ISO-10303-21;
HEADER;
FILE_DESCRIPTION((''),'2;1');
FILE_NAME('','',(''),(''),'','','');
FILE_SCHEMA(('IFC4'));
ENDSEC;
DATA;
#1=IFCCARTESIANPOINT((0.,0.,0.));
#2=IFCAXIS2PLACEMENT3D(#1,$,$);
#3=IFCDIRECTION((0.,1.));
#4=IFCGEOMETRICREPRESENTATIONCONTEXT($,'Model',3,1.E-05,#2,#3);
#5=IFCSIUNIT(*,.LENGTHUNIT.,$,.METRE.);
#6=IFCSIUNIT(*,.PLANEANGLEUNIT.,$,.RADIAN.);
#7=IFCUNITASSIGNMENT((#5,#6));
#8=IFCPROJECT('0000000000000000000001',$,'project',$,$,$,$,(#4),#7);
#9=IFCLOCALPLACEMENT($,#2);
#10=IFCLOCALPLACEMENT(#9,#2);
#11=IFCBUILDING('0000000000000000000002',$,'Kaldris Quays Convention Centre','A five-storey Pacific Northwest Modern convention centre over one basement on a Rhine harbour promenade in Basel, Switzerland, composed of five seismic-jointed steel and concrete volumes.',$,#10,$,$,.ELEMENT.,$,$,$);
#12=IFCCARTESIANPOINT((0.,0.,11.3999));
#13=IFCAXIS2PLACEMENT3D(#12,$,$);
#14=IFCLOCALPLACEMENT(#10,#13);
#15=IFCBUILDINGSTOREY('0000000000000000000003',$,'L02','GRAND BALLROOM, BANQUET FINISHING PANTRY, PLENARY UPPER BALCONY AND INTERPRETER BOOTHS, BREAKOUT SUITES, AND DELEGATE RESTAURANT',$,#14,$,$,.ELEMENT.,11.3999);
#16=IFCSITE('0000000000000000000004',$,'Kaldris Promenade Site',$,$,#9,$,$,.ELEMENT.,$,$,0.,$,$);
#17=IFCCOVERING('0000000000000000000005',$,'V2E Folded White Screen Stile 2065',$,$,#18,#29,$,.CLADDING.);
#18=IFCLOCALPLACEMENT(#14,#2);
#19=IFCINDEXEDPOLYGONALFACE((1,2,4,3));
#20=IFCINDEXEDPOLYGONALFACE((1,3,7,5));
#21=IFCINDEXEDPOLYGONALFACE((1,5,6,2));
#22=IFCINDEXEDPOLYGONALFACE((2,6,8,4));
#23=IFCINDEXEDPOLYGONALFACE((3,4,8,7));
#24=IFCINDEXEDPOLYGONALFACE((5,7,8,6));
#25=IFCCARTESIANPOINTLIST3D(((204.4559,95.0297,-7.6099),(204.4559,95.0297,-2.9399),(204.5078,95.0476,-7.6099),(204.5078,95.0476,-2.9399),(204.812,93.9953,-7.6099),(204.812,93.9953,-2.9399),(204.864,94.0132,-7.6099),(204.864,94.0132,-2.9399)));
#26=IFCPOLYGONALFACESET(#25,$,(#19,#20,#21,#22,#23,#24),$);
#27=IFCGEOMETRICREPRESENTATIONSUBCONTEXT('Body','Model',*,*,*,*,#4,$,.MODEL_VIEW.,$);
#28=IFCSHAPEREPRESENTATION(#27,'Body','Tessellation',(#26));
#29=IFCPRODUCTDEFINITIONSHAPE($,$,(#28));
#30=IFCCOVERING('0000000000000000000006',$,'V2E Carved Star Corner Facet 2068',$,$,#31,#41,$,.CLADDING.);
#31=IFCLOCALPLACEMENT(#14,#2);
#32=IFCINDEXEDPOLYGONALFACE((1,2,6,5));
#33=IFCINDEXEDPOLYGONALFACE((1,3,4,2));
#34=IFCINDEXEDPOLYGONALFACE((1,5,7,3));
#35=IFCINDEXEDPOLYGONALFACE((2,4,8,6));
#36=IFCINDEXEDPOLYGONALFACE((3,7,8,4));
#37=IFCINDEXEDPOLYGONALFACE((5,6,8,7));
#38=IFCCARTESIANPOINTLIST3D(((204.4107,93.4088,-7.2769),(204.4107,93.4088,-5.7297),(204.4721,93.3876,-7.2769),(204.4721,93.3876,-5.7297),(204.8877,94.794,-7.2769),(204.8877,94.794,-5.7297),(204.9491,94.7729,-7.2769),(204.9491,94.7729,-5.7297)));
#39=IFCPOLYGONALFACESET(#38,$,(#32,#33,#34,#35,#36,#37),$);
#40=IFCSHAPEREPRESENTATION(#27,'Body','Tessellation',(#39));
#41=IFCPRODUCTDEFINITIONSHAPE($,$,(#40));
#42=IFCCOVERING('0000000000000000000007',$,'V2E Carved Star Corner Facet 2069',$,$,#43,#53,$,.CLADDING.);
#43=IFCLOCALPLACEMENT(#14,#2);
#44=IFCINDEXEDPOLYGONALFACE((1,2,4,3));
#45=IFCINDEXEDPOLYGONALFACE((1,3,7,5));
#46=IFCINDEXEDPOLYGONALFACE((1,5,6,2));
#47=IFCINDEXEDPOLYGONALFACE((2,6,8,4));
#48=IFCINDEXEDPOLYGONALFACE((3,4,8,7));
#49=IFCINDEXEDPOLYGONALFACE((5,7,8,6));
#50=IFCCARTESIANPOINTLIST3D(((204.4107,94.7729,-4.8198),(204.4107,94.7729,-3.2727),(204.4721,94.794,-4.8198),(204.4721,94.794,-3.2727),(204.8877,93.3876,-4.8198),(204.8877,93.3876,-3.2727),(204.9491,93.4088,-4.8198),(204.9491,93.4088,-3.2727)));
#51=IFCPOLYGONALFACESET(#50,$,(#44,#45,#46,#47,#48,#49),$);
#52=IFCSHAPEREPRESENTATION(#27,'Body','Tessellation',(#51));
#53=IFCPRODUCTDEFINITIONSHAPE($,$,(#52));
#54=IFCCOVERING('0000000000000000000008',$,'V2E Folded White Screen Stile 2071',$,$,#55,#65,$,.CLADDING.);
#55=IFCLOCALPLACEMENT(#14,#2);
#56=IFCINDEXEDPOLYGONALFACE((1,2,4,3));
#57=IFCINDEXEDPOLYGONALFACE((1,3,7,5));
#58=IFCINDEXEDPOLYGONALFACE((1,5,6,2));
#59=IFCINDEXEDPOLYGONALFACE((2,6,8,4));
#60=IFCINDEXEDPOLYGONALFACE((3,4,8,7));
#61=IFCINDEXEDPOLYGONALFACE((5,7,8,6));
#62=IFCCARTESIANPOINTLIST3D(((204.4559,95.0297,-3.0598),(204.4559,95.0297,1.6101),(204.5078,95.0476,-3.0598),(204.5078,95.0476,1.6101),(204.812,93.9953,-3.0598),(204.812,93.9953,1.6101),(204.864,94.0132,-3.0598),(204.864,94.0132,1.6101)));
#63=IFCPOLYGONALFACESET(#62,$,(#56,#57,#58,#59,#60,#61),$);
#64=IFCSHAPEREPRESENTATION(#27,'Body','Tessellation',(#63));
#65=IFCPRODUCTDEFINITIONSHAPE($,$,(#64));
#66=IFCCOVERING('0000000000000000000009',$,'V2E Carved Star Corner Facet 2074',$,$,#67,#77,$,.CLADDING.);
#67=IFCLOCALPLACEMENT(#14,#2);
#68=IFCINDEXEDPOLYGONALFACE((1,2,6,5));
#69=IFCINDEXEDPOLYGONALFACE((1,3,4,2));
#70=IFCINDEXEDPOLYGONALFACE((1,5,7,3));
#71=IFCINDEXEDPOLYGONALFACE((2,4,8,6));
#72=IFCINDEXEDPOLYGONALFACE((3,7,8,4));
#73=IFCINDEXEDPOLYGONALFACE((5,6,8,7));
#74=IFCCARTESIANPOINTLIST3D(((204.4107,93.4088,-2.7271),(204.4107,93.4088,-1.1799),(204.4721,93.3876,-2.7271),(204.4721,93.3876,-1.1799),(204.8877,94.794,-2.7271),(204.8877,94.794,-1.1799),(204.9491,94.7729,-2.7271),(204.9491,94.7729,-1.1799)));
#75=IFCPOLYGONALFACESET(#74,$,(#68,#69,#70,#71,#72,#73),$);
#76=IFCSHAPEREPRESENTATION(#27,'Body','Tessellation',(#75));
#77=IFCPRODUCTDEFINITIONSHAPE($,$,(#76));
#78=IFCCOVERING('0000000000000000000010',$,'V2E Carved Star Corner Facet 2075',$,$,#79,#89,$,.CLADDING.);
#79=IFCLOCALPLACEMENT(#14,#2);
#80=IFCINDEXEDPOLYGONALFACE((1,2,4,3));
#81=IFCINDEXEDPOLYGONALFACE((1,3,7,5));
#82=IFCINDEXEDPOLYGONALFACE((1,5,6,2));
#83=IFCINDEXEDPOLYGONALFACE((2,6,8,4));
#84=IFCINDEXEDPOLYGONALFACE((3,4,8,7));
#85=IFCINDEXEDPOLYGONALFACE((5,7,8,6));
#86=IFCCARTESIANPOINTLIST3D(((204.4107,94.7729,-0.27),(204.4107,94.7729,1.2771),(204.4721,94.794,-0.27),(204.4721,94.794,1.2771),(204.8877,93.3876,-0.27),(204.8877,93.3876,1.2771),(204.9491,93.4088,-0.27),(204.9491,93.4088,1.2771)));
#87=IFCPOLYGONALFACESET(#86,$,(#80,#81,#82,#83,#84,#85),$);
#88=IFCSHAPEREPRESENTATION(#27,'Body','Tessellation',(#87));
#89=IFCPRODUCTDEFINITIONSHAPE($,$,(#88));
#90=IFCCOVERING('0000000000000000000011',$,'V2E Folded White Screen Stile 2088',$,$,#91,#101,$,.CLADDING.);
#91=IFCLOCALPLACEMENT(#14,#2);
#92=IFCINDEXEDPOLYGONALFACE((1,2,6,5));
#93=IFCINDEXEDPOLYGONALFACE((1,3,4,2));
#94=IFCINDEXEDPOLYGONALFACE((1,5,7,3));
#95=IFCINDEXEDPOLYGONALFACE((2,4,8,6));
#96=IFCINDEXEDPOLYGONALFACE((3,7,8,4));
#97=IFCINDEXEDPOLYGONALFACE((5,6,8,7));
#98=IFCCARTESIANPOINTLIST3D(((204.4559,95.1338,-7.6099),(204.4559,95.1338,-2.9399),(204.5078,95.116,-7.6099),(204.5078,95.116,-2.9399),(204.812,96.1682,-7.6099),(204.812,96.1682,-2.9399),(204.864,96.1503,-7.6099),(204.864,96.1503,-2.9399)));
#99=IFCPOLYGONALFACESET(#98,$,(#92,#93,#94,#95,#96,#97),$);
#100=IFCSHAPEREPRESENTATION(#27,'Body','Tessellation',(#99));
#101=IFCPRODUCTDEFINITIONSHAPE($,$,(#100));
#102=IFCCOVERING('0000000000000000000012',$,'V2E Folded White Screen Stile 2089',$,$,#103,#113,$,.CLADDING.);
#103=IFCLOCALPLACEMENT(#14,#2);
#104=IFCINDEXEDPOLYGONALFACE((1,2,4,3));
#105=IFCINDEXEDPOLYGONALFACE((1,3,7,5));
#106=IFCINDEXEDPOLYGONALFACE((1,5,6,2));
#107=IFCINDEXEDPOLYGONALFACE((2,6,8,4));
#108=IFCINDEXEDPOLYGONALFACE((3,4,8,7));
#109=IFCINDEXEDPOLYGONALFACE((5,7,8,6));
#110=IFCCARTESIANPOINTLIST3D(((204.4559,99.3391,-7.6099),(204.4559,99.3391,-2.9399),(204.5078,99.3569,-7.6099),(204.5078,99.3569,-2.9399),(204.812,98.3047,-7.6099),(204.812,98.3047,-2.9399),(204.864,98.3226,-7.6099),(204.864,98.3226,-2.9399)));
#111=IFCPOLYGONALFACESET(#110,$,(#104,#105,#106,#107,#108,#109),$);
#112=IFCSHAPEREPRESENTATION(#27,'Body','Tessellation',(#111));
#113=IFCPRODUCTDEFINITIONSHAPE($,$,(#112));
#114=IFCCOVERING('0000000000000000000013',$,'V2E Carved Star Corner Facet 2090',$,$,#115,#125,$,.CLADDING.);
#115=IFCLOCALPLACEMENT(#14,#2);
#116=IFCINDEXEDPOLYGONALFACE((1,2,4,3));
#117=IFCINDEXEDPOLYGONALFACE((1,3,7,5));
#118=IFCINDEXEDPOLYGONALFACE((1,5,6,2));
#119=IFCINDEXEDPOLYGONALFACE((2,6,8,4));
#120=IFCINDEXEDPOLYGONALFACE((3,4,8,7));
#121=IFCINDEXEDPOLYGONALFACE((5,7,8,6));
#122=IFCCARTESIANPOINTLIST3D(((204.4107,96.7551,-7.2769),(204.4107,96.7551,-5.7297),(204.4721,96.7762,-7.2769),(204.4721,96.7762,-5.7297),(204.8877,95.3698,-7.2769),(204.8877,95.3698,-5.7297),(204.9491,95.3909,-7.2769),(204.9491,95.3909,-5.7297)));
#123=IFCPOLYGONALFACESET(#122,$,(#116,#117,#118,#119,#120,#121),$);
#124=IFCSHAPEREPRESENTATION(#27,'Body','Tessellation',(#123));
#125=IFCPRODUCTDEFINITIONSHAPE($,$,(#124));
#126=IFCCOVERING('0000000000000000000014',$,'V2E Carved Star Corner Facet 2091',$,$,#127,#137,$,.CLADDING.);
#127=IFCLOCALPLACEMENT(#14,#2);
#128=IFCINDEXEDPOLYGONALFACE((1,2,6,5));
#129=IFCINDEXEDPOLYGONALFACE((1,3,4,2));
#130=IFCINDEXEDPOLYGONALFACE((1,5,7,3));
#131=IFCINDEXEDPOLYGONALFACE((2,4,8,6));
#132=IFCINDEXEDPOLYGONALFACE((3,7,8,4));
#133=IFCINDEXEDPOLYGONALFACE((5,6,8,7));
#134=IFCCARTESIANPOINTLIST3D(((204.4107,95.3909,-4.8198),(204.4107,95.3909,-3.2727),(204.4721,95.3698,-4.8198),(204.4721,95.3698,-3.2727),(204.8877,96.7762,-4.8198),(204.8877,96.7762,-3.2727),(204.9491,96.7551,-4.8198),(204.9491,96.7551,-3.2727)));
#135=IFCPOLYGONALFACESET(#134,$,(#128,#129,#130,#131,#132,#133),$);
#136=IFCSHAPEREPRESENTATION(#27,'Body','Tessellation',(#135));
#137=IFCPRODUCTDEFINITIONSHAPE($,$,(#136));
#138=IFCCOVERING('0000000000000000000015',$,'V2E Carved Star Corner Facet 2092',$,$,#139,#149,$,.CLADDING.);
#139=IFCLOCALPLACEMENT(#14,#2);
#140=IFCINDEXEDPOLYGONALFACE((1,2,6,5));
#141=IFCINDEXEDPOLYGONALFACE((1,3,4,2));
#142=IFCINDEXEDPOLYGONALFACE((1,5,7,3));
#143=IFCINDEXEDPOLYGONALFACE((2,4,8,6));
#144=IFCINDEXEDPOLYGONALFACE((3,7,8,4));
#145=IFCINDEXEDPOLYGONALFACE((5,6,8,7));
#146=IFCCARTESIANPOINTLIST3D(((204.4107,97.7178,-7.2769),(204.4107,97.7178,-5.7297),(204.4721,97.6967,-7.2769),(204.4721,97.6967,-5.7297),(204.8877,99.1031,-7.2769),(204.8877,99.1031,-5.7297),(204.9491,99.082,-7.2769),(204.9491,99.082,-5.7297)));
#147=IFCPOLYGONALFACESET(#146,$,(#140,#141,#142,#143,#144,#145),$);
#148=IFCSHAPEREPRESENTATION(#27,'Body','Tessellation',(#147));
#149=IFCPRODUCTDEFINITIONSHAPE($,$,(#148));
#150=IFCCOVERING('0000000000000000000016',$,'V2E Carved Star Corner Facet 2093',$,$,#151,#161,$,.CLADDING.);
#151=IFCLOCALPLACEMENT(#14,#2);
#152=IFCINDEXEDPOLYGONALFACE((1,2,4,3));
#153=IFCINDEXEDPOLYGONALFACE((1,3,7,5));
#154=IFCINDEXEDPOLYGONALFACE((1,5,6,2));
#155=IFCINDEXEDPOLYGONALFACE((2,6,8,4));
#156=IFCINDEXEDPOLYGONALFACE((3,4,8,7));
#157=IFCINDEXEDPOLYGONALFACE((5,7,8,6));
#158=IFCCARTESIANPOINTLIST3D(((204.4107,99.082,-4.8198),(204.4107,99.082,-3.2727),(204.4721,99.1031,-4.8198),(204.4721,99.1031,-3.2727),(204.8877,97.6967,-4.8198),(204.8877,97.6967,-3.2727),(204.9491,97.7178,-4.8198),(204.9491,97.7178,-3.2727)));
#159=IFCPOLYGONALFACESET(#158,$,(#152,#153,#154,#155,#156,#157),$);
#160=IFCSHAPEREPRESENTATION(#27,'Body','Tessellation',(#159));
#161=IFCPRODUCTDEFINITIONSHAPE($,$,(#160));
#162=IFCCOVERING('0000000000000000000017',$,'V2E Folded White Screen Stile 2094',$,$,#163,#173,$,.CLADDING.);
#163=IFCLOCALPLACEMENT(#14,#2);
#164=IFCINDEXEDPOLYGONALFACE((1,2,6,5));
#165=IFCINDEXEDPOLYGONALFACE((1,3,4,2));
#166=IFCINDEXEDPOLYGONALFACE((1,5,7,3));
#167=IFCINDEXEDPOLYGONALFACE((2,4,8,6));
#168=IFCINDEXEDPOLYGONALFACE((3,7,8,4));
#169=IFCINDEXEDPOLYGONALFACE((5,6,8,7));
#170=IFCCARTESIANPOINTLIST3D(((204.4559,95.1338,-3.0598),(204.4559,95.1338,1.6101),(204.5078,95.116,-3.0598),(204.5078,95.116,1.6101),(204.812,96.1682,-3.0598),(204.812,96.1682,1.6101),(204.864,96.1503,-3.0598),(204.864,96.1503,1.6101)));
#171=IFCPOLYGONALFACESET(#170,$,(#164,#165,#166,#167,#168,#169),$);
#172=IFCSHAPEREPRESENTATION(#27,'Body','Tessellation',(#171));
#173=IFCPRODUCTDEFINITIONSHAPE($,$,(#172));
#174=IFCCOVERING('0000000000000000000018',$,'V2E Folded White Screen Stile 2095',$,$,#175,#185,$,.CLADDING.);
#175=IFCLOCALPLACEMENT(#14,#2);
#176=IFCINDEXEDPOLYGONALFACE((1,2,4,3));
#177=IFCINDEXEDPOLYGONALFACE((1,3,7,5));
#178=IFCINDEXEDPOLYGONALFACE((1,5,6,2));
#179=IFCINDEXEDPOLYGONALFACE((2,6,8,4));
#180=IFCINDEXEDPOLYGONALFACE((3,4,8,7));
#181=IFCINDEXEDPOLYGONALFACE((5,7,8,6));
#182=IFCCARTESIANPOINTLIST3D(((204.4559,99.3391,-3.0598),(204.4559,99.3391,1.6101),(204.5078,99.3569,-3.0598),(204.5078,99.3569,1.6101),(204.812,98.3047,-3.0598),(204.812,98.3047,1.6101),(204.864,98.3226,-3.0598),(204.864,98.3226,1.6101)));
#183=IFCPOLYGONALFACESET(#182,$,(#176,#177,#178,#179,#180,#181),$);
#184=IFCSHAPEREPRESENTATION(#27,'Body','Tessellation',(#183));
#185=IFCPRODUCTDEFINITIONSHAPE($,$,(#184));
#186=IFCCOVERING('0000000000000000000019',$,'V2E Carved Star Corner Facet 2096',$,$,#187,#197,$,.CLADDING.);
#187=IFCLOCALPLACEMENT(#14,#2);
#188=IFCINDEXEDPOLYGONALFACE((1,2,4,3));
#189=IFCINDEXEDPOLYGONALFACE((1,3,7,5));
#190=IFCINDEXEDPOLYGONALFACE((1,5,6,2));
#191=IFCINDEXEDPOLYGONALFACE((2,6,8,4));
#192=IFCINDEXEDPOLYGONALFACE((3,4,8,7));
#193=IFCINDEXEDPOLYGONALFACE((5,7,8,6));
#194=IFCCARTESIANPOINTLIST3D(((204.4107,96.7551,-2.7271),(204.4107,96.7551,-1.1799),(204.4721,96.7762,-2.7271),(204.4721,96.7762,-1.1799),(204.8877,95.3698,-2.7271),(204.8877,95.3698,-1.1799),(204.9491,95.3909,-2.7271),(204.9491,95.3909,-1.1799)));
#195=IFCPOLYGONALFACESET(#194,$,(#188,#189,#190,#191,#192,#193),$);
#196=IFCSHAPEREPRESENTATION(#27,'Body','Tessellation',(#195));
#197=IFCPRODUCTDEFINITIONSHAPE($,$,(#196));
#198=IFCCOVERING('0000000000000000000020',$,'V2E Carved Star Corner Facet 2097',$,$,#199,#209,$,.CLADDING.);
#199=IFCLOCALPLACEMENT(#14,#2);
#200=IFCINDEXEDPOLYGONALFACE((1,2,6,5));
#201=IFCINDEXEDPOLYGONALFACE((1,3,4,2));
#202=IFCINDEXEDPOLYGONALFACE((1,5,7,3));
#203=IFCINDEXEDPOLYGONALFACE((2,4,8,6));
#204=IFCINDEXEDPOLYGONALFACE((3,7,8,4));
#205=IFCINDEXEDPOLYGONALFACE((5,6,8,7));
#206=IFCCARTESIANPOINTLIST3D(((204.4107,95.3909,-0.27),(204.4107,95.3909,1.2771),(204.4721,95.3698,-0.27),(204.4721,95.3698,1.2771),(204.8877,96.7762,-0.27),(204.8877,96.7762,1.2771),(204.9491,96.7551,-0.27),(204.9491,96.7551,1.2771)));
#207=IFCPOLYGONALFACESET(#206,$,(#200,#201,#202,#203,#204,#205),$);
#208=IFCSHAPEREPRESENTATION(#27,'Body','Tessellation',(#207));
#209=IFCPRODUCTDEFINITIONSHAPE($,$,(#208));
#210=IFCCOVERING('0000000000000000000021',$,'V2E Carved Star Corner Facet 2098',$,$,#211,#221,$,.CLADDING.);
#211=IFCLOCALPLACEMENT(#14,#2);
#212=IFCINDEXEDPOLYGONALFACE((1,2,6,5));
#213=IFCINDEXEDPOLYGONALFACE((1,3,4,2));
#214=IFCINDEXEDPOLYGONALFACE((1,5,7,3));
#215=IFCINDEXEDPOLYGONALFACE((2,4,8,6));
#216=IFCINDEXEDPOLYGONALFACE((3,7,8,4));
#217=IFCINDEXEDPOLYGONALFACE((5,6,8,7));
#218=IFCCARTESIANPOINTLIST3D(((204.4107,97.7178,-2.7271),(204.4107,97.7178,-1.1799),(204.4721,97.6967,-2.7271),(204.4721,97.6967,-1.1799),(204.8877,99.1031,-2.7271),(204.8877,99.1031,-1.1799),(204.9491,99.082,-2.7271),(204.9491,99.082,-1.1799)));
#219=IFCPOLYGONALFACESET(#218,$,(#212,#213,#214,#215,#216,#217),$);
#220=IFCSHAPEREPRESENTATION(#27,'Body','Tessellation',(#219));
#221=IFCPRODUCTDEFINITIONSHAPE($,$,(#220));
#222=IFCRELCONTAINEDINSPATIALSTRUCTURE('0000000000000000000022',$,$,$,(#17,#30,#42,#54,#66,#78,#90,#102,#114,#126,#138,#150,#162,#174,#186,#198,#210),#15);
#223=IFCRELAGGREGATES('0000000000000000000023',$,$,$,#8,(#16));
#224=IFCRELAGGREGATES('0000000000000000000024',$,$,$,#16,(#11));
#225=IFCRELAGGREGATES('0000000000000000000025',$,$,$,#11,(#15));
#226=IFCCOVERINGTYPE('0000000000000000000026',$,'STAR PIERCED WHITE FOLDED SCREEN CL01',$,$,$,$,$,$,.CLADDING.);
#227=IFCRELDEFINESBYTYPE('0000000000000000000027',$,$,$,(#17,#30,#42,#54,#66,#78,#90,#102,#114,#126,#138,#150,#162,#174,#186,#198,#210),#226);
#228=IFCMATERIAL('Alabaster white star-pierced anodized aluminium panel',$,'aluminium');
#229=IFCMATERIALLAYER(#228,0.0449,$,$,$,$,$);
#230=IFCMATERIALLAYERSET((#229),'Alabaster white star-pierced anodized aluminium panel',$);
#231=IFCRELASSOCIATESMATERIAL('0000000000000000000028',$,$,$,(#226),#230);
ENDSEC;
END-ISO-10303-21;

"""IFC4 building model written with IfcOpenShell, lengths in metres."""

from ifc_helpers import new_model, si_unit, direction, frame, origin, origin_2d, place, context, subcontext, project, spatial, rectangle, extrude, material, layer, layer_set, type_object, element, save


model = new_model("IFC4")

# Units and contexts
model_context = context("Model", 3, precision=1e-05, world=origin(), true_north=direction((0.0, 1.0)))
body_context = subcontext(model_context, "Body", "Model", "MODEL_VIEW")
ifc_project = project(units=[si_unit("LENGTHUNIT", "METRE"), si_unit("PLANEANGLEUNIT", "RADIAN")], contexts=[model_context])

# Site, building, storey
site_placement = place(None, origin())
site = spatial("IfcSite", under=ifc_project, at=site_placement, Name="Kaldris Promenade Site", CompositionType="ELEMENT", RefElevation=0.0)
building_placement = place(site_placement, origin())
building = spatial("IfcBuilding", under=site, at=building_placement, Name="Kaldris Quays Convention Centre", Description="A five-storey Pacific Northwest Modern convention centre over one basement on a Rhine harbour promenade in Basel, Switzerland, composed of five seismic-jointed steel and concrete volumes.", CompositionType="ELEMENT")
storey_placement = place(building_placement, frame((0.0, 0.0, 11.3999)))
storey = spatial("IfcBuildingStorey", under=building, at=storey_placement, Name="L02", Description="GRAND BALLROOM, BANQUET FINISHING PANTRY, PLENARY UPPER BALCONY AND INTERPRETER BOOTHS, BREAKOUT SUITES, AND DELEGATE RESTAURANT", CompositionType="ELEMENT", Elevation=11.3999)

# Coverings
ifc_material_1 = material(Name="Alabaster white star-pierced anodized aluminium panel", Category="aluminium")
ifc_layer = layer(ifc_material_1, 0.0449)
ifc_layer_set = layer_set([ifc_layer], Name="Alabaster white star-pierced anodized aluminium panel")
covering_type = type_object("IfcCoveringType", Name="STAR PIERCED WHITE FOLDED SCREEN CL01", PredefinedType="CLADDING", material=ifc_layer_set)
covering_1_placement = place(storey_placement, frame((204.6599, 94.5215, -7.6099), z_axis=(0.0, 0.0, 1.0), x_axis=(-0.325568, 0.945519, 0.0)))
element("IfcCovering", 1, at=covering_1_placement, inside=storey, type_object=covering_type, Name="V2E Folded White Screen Stile 2065", PredefinedType="CLADDING", context=body_context, shape_type="SweptSolid", body=[
    extrude(rectangle(XDim=1.094, YDim=0.0549, at=origin_2d()), origin(), (0.0, 0.0, 1.0), 4.6699),
])
for number, where, z_axis, x_axis, name in (
    (2, (204.6799, 94.0908, -7.2769), (0.0, 0.0, 1.0), (0.325568, 0.945519, 0.0), "V2E Carved Star Corner Facet 2068"),
    (3, (204.6799, 94.0908, -4.8198), (0.0, 0.0, 1.0), (-0.325568, 0.945519, 0.0), "V2E Carved Star Corner Facet 2069"),
):
    element("IfcCovering", number, at=place(storey_placement, frame(where, z_axis=z_axis, x_axis=x_axis)), inside=storey, type_object=covering_type, Name=name, PredefinedType="CLADDING", context=body_context, shape_type="SweptSolid", body=[
        extrude(rectangle(XDim=1.4651, YDim=0.0649, at=origin_2d()), origin(), (0.0, 0.0, 1.0), 1.5471),
    ])
covering_2_placement = place(storey_placement, frame((204.6599, 94.5215, -3.0598), z_axis=(0.0, 0.0, 1.0), x_axis=(-0.325568, 0.945519, 0.0)))
element("IfcCovering", 4, at=covering_2_placement, inside=storey, type_object=covering_type, Name="V2E Folded White Screen Stile 2071", PredefinedType="CLADDING", context=body_context, shape_type="SweptSolid", body=[
    extrude(rectangle(XDim=1.094, YDim=0.0549, at=origin_2d()), origin(), (0.0, 0.0, 1.0), 4.6699),
])
for number, where, z_axis, x_axis, name in (
    (5, (204.6799, 94.0908, -2.7271), (0.0, 0.0, 1.0), (0.325568, 0.945519, 0.0), "V2E Carved Star Corner Facet 2074"),
    (6, (204.6799, 94.0908, -0.27), (0.0, 0.0, 1.0), (-0.325568, 0.945519, 0.0), "V2E Carved Star Corner Facet 2075"),
):
    element("IfcCovering", number, at=place(storey_placement, frame(where, z_axis=z_axis, x_axis=x_axis)), inside=storey, type_object=covering_type, Name=name, PredefinedType="CLADDING", context=body_context, shape_type="SweptSolid", body=[
        extrude(rectangle(XDim=1.4651, YDim=0.0649, at=origin_2d()), origin(), (0.0, 0.0, 1.0), 1.5471),
    ])
for number, where, z_axis, x_axis, name in (
    (7, (204.6599, 95.6421, -7.6099), (0.0, 0.0, 1.0), (0.325568, 0.945519, 0.0), "V2E Folded White Screen Stile 2088"),
    (8, (204.6599, 98.8308, -7.6099), (0.0, 0.0, 1.0), (-0.325568, 0.945519, 0.0), "V2E Folded White Screen Stile 2089"),
):
    element("IfcCovering", number, at=place(storey_placement, frame(where, z_axis=z_axis, x_axis=x_axis)), inside=storey, type_object=covering_type, Name=name, PredefinedType="CLADDING", context=body_context, shape_type="SweptSolid", body=[
        extrude(rectangle(XDim=1.094, YDim=0.0549, at=origin_2d()), origin(), (0.0, 0.0, 1.0), 4.6699),
    ])
for number, where, z_axis, x_axis, name in (
    (9, (204.6799, 96.073, -7.2769), (0.0, 0.0, 1.0), (-0.325568, 0.945519, 0.0), "V2E Carved Star Corner Facet 2090"),
    (10, (204.6799, 96.073, -4.8198), (0.0, 0.0, 1.0), (0.325568, 0.945519, 0.0), "V2E Carved Star Corner Facet 2091"),
    (11, (204.6799, 98.3999, -7.2769), (0.0, 0.0, 1.0), (0.325568, 0.945519, 0.0), "V2E Carved Star Corner Facet 2092"),
    (12, (204.6799, 98.3999, -4.8198), (0.0, 0.0, 1.0), (-0.325568, 0.945519, 0.0), "V2E Carved Star Corner Facet 2093"),
):
    element("IfcCovering", number, at=place(storey_placement, frame(where, z_axis=z_axis, x_axis=x_axis)), inside=storey, type_object=covering_type, Name=name, PredefinedType="CLADDING", context=body_context, shape_type="SweptSolid", body=[
        extrude(rectangle(XDim=1.4651, YDim=0.0649, at=origin_2d()), origin(), (0.0, 0.0, 1.0), 1.5471),
    ])
for number, where, z_axis, x_axis, name in (
    (13, (204.6599, 95.6421, -3.0598), (0.0, 0.0, 1.0), (0.325568, 0.945519, 0.0), "V2E Folded White Screen Stile 2094"),
    (14, (204.6599, 98.8308, -3.0598), (0.0, 0.0, 1.0), (-0.325568, 0.945519, 0.0), "V2E Folded White Screen Stile 2095"),
):
    element("IfcCovering", number, at=place(storey_placement, frame(where, z_axis=z_axis, x_axis=x_axis)), inside=storey, type_object=covering_type, Name=name, PredefinedType="CLADDING", context=body_context, shape_type="SweptSolid", body=[
        extrude(rectangle(XDim=1.094, YDim=0.0549, at=origin_2d()), origin(), (0.0, 0.0, 1.0), 4.6699),
    ])
for number, where, z_axis, x_axis, name in (
    (15, (204.6799, 96.073, -2.7271), (0.0, 0.0, 1.0), (-0.325568, 0.945519, 0.0), "V2E Carved Star Corner Facet 2096"),
    (16, (204.6799, 96.073, -0.27), (0.0, 0.0, 1.0), (0.325568, 0.945519, 0.0), "V2E Carved Star Corner Facet 2097"),
    (17, (204.6799, 98.3999, -2.7271), (0.0, 0.0, 1.0), (0.325568, 0.945519, 0.0), "V2E Carved Star Corner Facet 2098"),
):
    element("IfcCovering", number, at=place(storey_placement, frame(where, z_axis=z_axis, x_axis=x_axis)), inside=storey, type_object=covering_type, Name=name, PredefinedType="CLADDING", context=body_context, shape_type="SweptSolid", body=[
        extrude(rectangle(XDim=1.4651, YDim=0.0649, at=origin_2d()), origin(), (0.0, 0.0, 1.0), 1.5471),
    ])

save(model, "model.ifc")
